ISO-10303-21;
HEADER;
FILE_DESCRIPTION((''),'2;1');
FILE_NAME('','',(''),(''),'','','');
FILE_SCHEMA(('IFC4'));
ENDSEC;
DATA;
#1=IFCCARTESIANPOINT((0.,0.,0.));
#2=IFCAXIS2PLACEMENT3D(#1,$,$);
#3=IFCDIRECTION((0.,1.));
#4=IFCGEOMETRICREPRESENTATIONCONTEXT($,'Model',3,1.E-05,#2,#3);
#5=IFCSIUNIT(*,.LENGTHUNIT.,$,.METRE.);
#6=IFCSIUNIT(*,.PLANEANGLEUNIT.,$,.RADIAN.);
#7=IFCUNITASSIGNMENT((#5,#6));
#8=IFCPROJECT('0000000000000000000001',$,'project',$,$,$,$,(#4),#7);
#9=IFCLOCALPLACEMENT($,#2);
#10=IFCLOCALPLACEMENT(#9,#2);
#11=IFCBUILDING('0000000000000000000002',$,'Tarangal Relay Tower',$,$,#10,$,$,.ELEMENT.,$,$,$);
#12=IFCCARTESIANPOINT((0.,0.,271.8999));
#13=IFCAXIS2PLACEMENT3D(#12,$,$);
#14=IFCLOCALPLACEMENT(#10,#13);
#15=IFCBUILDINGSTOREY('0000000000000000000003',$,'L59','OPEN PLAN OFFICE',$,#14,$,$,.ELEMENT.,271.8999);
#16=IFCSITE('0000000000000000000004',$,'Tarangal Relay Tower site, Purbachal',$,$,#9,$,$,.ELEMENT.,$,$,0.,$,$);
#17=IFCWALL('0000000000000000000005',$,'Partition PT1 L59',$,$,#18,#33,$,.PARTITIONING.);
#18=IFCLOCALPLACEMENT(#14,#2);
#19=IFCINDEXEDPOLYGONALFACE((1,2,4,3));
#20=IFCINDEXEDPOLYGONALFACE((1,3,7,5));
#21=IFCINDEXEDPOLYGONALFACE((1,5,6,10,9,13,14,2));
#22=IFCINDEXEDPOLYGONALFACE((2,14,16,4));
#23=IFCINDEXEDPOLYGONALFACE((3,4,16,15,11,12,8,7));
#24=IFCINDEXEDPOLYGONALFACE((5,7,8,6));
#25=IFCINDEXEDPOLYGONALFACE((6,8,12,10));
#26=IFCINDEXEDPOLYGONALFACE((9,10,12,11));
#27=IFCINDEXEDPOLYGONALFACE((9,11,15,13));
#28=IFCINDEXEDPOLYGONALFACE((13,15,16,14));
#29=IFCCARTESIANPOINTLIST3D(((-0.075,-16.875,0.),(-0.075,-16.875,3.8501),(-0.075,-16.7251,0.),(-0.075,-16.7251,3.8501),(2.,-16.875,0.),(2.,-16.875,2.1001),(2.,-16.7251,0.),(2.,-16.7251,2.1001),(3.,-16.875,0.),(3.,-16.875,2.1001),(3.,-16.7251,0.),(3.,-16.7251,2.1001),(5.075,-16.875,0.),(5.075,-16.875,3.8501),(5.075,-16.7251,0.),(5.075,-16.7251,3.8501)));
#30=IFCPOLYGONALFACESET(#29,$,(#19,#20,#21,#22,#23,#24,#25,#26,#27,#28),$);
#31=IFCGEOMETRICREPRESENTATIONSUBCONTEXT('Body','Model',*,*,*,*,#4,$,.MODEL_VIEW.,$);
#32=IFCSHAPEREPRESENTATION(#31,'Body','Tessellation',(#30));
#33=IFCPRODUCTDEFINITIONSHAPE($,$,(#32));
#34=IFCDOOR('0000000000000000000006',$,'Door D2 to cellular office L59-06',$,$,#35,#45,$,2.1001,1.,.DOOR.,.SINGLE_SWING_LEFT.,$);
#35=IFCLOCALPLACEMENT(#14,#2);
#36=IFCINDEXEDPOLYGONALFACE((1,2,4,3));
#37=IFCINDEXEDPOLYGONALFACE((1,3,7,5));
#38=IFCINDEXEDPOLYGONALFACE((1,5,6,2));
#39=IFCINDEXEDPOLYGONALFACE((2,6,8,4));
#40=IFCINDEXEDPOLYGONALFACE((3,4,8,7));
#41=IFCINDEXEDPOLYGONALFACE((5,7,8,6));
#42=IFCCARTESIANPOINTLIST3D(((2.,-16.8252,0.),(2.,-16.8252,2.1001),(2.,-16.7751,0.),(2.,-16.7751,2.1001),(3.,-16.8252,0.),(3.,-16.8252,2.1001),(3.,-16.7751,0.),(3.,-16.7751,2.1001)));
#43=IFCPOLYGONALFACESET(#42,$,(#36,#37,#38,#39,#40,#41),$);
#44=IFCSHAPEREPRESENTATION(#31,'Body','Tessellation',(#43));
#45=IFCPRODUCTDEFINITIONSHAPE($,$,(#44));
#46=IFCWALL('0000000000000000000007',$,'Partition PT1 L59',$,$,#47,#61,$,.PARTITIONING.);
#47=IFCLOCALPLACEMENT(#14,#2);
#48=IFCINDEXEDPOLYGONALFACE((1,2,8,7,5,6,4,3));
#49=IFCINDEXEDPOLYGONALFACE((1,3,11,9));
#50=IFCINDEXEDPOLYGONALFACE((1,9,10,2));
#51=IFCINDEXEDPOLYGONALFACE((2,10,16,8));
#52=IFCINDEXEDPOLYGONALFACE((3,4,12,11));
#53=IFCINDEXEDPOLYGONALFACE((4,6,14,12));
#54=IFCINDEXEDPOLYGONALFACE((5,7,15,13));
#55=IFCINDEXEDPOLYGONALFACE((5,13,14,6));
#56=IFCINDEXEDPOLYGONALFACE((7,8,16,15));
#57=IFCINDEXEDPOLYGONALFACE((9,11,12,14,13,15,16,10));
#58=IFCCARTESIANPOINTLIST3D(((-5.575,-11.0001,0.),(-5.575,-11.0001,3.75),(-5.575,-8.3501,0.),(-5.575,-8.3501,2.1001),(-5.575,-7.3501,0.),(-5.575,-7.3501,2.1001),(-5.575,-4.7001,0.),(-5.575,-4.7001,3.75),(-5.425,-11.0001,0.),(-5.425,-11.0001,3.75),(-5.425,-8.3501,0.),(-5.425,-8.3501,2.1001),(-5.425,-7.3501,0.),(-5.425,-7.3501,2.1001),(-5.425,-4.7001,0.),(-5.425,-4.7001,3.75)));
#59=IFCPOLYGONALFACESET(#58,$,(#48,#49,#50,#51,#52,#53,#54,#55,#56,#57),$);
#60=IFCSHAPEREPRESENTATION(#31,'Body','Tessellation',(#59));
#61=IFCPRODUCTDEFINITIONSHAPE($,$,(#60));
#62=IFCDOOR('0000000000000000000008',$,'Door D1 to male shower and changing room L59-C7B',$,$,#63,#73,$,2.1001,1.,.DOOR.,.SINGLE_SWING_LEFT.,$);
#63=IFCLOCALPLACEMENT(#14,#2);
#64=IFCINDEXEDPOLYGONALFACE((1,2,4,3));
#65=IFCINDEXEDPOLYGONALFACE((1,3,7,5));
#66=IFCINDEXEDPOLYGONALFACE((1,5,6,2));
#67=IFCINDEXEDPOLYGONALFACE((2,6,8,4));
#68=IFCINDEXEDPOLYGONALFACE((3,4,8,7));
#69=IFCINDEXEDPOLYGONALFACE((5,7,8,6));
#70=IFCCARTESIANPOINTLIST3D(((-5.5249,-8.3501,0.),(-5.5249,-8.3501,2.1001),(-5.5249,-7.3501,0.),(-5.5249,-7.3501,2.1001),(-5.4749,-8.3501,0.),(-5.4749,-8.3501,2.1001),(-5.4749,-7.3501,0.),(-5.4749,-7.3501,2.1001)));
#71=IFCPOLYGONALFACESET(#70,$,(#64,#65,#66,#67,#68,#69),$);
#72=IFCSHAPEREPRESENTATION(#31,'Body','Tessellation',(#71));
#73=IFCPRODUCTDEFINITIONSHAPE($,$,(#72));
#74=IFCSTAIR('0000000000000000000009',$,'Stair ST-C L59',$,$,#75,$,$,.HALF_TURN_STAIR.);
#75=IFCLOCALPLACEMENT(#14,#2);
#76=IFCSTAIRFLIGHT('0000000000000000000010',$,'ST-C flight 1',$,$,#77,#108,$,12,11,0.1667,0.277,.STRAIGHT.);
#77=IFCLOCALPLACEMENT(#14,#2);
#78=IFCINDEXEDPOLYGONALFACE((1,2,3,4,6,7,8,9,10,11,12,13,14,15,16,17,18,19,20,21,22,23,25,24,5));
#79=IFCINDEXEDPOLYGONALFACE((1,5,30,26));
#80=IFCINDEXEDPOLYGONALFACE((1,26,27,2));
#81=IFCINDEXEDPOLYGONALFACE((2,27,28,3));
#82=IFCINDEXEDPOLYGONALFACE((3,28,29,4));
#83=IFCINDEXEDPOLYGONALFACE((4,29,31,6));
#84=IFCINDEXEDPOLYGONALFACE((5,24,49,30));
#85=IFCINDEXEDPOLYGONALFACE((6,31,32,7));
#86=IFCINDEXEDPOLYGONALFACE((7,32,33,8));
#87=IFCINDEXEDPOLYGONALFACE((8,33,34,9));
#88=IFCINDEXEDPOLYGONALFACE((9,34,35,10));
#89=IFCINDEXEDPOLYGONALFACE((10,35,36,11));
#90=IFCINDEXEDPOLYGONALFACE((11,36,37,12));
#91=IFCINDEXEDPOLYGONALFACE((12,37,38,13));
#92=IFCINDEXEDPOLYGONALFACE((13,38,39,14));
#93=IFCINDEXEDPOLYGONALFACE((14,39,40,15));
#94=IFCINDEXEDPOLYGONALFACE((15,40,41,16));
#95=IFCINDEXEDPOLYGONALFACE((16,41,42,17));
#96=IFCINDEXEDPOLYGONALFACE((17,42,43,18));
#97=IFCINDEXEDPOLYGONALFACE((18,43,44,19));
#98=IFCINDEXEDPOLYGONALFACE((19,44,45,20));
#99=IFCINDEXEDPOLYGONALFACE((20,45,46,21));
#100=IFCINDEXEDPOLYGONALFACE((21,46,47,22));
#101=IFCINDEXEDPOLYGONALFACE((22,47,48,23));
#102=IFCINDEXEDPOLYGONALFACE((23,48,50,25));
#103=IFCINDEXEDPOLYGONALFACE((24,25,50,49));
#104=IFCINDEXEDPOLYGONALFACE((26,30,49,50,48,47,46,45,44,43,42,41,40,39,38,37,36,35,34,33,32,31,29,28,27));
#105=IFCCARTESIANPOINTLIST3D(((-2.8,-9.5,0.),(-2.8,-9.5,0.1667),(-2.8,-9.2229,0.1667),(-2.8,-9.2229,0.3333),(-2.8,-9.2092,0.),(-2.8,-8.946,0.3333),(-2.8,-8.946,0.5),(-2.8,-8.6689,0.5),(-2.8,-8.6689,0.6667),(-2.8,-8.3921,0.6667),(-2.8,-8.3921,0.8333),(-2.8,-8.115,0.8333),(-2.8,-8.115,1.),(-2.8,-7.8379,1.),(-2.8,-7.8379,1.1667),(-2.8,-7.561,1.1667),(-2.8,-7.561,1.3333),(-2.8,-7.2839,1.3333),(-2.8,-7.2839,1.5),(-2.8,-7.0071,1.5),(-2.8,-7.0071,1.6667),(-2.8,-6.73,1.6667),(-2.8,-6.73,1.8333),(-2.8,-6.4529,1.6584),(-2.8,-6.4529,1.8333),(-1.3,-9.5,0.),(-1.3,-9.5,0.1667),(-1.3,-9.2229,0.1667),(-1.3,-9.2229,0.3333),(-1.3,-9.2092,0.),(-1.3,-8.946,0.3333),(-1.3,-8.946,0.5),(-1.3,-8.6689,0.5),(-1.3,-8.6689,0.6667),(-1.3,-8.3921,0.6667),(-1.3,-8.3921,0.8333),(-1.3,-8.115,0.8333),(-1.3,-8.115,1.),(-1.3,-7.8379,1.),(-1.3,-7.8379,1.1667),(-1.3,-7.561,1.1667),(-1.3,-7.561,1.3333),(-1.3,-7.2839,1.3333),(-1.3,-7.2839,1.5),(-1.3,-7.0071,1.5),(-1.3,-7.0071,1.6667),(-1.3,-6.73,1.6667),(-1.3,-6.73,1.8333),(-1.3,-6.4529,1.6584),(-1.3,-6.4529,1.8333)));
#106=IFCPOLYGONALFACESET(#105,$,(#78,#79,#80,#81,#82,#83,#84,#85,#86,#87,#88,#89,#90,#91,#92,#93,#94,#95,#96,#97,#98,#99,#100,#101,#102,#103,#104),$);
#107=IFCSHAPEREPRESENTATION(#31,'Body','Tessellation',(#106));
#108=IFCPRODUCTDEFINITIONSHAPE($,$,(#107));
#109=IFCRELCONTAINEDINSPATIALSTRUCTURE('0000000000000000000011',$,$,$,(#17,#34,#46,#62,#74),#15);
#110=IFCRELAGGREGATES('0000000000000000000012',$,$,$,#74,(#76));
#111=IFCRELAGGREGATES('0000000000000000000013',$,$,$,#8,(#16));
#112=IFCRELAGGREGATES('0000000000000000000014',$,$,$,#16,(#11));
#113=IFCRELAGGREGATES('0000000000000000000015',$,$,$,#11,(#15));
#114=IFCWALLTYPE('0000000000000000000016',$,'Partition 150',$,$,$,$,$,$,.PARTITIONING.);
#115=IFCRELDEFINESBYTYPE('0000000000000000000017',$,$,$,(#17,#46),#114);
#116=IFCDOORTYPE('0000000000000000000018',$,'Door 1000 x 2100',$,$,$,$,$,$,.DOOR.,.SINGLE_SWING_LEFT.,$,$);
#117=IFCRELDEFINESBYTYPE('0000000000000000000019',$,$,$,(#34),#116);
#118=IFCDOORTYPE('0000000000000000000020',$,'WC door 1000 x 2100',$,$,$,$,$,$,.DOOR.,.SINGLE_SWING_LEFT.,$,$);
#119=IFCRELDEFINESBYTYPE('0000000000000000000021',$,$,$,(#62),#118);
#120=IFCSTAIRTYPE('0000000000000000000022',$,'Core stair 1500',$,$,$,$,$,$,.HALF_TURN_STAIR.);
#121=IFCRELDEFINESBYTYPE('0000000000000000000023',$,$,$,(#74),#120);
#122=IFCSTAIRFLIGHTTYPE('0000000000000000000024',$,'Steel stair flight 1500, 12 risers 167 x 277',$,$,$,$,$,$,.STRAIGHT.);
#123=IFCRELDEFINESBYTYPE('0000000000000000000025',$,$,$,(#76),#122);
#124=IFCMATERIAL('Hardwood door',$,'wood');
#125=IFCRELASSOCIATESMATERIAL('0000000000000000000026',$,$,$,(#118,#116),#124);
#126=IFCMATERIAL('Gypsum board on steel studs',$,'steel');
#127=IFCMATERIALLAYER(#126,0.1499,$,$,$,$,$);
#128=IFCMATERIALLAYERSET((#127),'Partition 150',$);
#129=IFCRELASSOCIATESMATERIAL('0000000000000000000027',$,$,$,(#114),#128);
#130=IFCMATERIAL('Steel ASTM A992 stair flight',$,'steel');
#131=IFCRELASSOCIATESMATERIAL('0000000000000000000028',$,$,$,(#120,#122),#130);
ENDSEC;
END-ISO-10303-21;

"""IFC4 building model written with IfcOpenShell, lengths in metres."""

from ifc_helpers import new_model, si_unit, direction, frame, frame_2d, origin, place, context, subcontext, project, spatial, polyline, rectangle, outline, extrude, material, layer, layer_set, type_object, element, fill, aggregate, save


model = new_model("IFC4")

# Units and contexts
model_context = context("Model", 3, precision=1e-05, world=origin(), true_north=direction((0.0, 1.0)))
body_context = subcontext(model_context, "Body", "Model", "MODEL_VIEW")
ifc_project = project(units=[si_unit("LENGTHUNIT", "METRE"), si_unit("PLANEANGLEUNIT", "RADIAN")], contexts=[model_context])

# Site, building, storey
site_placement = place(None, origin())
site = spatial("IfcSite", under=ifc_project, at=site_placement, Name="Tarangal Relay Tower site, Purbachal", CompositionType="ELEMENT", RefElevation=0.0)
building_placement = place(site_placement, origin())
building = spatial("IfcBuilding", under=site, at=building_placement, Name="Tarangal Relay Tower", CompositionType="ELEMENT")
storey_placement = place(building_placement, frame((0.0, 0.0, 271.8999)))
storey = spatial("IfcBuildingStorey", under=building, at=storey_placement, Name="L59", Description="OPEN PLAN OFFICE", CompositionType="ELEMENT", Elevation=271.8999)

# Shared definitions
ifc_material_1 = material(Name="Hardwood door", Category="wood")
door_type_1 = type_object("IfcDoorType", Name="WC door 1000 x 2100", OperationType="SINGLE_SWING_LEFT", PredefinedType="DOOR", material=ifc_material_1)

# Walls, openings, doors
ifc_material_2 = material(Name="Gypsum board on steel studs", Category="steel")
ifc_layer_1 = layer(ifc_material_2, 0.1499)
ifc_layer_set_1 = layer_set([ifc_layer_1], Name="Partition 150")
wall_type_1 = type_object("IfcWallType", Name="Partition 150", PredefinedType="PARTITIONING", material=ifc_layer_set_1)
wall_1_placement = place(storey_placement, frame((-0.075, -16.8, 0.0), z_axis=(0.0, 0.0, 1.0), x_axis=(1.0, 0.0, 0.0)))
wall_1 = element("IfcWall", 1, at=wall_1_placement, inside=storey, type_object=wall_type_1, Name="Partition PT1 L59", PredefinedType="PARTITIONING", context=body_context, shape_type="SweptSolid", body=[
    extrude(rectangle(XDim=5.1499, YDim=0.1499, at=frame_2d((2.575, 0.0))), origin(), (0.0, 0.0, 1.0), 3.8501),
])
opening_1_placement = place(wall_1_placement, frame((2.075, 0.0, 0.0)))
opening_1 = element("IfcOpeningElement", 2, at=opening_1_placement, cuts=wall_1, PredefinedType="OPENING", context=body_context, shape_type="SweptSolid", body=[
    extrude(rectangle(XDim=1.0, YDim=2.1001, at=frame_2d((0.5, 1.05))), frame((0.0, 0.085, 0.0), z_axis=(0.0, -1.0, 0.0), x_axis=(1.0, 0.0, 0.0)), (0.0, 0.0, 1.0), 0.1699),
])
door_type_2 = type_object("IfcDoorType", Name="Door 1000 x 2100", OperationType="SINGLE_SWING_LEFT", PredefinedType="DOOR", material=ifc_material_1)
door_1_placement = place(opening_1_placement, origin())
door_1 = element("IfcDoor", 3, at=door_1_placement, inside=storey, type_object=door_type_2, Name="Door D2 to cellular office L59-06", OperationType="SINGLE_SWING_LEFT", OverallHeight=2.1001, OverallWidth=1.0, PredefinedType="DOOR", context=body_context, shape_type="SweptSolid", body=[
    extrude(rectangle(XDim=1.0, YDim=2.1001, at=frame_2d((0.5, 1.05))), frame((0.0, 0.0249, 0.0), z_axis=(0.0, -1.0, 0.0), x_axis=(1.0, 0.0, 0.0)), (0.0, 0.0, 1.0), 0.05),
])
fill(opening_1, door_1)
wall_2_placement = place(storey_placement, frame((-5.5, -11.0, 0.0), z_axis=(0.0, 0.0, 1.0), x_axis=(0.0, 1.0, 0.0)))
wall_2 = element("IfcWall", 4, at=wall_2_placement, inside=storey, type_object=wall_type_1, Name="Partition PT1 L59", PredefinedType="PARTITIONING", context=body_context, shape_type="SweptSolid", body=[
    extrude(rectangle(XDim=6.3, YDim=0.1499, at=frame_2d((3.1499, 0.0))), origin(), (0.0, 0.0, 1.0), 3.75),
])
opening_2_placement = place(wall_2_placement, frame((2.6499, 0.0, 0.0)))
opening_2 = element("IfcOpeningElement", 5, at=opening_2_placement, cuts=wall_2, PredefinedType="OPENING", context=body_context, shape_type="SweptSolid", body=[
    extrude(rectangle(XDim=1.0, YDim=2.1001, at=frame_2d((0.5, 1.05))), frame((0.0, 0.085, 0.0), z_axis=(0.0, -1.0, 0.0), x_axis=(1.0, 0.0, 0.0)), (0.0, 0.0, 1.0), 0.1699),
])
door_2_placement = place(opening_2_placement, origin())
door_2 = element("IfcDoor", 6, at=door_2_placement, inside=storey, type_object=door_type_1, Name="Door D1 to male shower and changing room L59-C7B", OperationType="SINGLE_SWING_LEFT", OverallHeight=2.1001, OverallWidth=1.0, PredefinedType="DOOR", context=body_context, shape_type="SweptSolid", body=[
    extrude(rectangle(XDim=1.0, YDim=2.1001, at=frame_2d((0.5, 1.05))), frame((0.0, 0.0249, 0.0), z_axis=(0.0, -1.0, 0.0), x_axis=(1.0, 0.0, 0.0)), (0.0, 0.0, 1.0), 0.05),
])
fill(opening_2, door_2)

# Stair, stair flight
ifc_material_3 = material(Name="Steel ASTM A992 stair flight", Category="steel")
stair_type = type_object("IfcStairType", Name="Core stair 1500", PredefinedType="HALF_TURN_STAIR", material=ifc_material_3)
stair_placement = place(storey_placement, origin())
stair = element("IfcStair", 7, at=stair_placement, inside=storey, type_object=stair_type, Name="Stair ST-C L59", PredefinedType="HALF_TURN_STAIR")
stair_flight_type = type_object("IfcStairFlightType", Name="Steel stair flight 1500, 12 risers 167 x 277", PredefinedType="STRAIGHT", material=ifc_material_3)
stair_flight_placement = place(storey_placement, frame((-2.05, -9.5, 0.0), z_axis=(0.0, 0.0, 1.0), x_axis=(0.0, 1.0, 0.0)))
stair_flight = element("IfcStairFlight", 8, at=stair_flight_placement, type_object=stair_flight_type, Name="ST-C flight 1", NumberOfRisers=12, NumberOfTreads=11, PredefinedType="STRAIGHT", RiserHeight=0.1667, TreadLength=0.277, context=body_context, shape_type="SweptSolid", body=[
    extrude(outline(polyline([(0.0, 0.0), (0.0, 0.1667), (0.2771, 0.1667), (0.2771, 0.3333), (0.554, 0.3333), (0.554, 0.5), (0.8311, 0.5), (0.8311, 0.6667), (1.1079, 0.6667), (1.1079, 0.8333), (1.385, 0.8333), (1.385, 1.0), (1.6621, 1.0), (1.6621, 1.1667), (1.939, 1.1667), (1.939, 1.3333), (2.2161, 1.3333), (2.2161, 1.5), (2.4929, 1.5), (2.4929, 1.6667), (2.77, 1.6667), (2.77, 1.8333), (3.0471, 1.8333), (3.0471, 2.0), (3.0471, 1.6584), (0.2908, 0.0), (0.0, 0.0)])), frame((0.0, 0.75, 0.0), z_axis=(0.0, -1.0, 0.0), x_axis=(1.0, 0.0, 0.0)), (0.0, 0.0, 1.0), 1.5),
])
aggregate(stair, [stair_flight])

save(model, "model.ifc")
